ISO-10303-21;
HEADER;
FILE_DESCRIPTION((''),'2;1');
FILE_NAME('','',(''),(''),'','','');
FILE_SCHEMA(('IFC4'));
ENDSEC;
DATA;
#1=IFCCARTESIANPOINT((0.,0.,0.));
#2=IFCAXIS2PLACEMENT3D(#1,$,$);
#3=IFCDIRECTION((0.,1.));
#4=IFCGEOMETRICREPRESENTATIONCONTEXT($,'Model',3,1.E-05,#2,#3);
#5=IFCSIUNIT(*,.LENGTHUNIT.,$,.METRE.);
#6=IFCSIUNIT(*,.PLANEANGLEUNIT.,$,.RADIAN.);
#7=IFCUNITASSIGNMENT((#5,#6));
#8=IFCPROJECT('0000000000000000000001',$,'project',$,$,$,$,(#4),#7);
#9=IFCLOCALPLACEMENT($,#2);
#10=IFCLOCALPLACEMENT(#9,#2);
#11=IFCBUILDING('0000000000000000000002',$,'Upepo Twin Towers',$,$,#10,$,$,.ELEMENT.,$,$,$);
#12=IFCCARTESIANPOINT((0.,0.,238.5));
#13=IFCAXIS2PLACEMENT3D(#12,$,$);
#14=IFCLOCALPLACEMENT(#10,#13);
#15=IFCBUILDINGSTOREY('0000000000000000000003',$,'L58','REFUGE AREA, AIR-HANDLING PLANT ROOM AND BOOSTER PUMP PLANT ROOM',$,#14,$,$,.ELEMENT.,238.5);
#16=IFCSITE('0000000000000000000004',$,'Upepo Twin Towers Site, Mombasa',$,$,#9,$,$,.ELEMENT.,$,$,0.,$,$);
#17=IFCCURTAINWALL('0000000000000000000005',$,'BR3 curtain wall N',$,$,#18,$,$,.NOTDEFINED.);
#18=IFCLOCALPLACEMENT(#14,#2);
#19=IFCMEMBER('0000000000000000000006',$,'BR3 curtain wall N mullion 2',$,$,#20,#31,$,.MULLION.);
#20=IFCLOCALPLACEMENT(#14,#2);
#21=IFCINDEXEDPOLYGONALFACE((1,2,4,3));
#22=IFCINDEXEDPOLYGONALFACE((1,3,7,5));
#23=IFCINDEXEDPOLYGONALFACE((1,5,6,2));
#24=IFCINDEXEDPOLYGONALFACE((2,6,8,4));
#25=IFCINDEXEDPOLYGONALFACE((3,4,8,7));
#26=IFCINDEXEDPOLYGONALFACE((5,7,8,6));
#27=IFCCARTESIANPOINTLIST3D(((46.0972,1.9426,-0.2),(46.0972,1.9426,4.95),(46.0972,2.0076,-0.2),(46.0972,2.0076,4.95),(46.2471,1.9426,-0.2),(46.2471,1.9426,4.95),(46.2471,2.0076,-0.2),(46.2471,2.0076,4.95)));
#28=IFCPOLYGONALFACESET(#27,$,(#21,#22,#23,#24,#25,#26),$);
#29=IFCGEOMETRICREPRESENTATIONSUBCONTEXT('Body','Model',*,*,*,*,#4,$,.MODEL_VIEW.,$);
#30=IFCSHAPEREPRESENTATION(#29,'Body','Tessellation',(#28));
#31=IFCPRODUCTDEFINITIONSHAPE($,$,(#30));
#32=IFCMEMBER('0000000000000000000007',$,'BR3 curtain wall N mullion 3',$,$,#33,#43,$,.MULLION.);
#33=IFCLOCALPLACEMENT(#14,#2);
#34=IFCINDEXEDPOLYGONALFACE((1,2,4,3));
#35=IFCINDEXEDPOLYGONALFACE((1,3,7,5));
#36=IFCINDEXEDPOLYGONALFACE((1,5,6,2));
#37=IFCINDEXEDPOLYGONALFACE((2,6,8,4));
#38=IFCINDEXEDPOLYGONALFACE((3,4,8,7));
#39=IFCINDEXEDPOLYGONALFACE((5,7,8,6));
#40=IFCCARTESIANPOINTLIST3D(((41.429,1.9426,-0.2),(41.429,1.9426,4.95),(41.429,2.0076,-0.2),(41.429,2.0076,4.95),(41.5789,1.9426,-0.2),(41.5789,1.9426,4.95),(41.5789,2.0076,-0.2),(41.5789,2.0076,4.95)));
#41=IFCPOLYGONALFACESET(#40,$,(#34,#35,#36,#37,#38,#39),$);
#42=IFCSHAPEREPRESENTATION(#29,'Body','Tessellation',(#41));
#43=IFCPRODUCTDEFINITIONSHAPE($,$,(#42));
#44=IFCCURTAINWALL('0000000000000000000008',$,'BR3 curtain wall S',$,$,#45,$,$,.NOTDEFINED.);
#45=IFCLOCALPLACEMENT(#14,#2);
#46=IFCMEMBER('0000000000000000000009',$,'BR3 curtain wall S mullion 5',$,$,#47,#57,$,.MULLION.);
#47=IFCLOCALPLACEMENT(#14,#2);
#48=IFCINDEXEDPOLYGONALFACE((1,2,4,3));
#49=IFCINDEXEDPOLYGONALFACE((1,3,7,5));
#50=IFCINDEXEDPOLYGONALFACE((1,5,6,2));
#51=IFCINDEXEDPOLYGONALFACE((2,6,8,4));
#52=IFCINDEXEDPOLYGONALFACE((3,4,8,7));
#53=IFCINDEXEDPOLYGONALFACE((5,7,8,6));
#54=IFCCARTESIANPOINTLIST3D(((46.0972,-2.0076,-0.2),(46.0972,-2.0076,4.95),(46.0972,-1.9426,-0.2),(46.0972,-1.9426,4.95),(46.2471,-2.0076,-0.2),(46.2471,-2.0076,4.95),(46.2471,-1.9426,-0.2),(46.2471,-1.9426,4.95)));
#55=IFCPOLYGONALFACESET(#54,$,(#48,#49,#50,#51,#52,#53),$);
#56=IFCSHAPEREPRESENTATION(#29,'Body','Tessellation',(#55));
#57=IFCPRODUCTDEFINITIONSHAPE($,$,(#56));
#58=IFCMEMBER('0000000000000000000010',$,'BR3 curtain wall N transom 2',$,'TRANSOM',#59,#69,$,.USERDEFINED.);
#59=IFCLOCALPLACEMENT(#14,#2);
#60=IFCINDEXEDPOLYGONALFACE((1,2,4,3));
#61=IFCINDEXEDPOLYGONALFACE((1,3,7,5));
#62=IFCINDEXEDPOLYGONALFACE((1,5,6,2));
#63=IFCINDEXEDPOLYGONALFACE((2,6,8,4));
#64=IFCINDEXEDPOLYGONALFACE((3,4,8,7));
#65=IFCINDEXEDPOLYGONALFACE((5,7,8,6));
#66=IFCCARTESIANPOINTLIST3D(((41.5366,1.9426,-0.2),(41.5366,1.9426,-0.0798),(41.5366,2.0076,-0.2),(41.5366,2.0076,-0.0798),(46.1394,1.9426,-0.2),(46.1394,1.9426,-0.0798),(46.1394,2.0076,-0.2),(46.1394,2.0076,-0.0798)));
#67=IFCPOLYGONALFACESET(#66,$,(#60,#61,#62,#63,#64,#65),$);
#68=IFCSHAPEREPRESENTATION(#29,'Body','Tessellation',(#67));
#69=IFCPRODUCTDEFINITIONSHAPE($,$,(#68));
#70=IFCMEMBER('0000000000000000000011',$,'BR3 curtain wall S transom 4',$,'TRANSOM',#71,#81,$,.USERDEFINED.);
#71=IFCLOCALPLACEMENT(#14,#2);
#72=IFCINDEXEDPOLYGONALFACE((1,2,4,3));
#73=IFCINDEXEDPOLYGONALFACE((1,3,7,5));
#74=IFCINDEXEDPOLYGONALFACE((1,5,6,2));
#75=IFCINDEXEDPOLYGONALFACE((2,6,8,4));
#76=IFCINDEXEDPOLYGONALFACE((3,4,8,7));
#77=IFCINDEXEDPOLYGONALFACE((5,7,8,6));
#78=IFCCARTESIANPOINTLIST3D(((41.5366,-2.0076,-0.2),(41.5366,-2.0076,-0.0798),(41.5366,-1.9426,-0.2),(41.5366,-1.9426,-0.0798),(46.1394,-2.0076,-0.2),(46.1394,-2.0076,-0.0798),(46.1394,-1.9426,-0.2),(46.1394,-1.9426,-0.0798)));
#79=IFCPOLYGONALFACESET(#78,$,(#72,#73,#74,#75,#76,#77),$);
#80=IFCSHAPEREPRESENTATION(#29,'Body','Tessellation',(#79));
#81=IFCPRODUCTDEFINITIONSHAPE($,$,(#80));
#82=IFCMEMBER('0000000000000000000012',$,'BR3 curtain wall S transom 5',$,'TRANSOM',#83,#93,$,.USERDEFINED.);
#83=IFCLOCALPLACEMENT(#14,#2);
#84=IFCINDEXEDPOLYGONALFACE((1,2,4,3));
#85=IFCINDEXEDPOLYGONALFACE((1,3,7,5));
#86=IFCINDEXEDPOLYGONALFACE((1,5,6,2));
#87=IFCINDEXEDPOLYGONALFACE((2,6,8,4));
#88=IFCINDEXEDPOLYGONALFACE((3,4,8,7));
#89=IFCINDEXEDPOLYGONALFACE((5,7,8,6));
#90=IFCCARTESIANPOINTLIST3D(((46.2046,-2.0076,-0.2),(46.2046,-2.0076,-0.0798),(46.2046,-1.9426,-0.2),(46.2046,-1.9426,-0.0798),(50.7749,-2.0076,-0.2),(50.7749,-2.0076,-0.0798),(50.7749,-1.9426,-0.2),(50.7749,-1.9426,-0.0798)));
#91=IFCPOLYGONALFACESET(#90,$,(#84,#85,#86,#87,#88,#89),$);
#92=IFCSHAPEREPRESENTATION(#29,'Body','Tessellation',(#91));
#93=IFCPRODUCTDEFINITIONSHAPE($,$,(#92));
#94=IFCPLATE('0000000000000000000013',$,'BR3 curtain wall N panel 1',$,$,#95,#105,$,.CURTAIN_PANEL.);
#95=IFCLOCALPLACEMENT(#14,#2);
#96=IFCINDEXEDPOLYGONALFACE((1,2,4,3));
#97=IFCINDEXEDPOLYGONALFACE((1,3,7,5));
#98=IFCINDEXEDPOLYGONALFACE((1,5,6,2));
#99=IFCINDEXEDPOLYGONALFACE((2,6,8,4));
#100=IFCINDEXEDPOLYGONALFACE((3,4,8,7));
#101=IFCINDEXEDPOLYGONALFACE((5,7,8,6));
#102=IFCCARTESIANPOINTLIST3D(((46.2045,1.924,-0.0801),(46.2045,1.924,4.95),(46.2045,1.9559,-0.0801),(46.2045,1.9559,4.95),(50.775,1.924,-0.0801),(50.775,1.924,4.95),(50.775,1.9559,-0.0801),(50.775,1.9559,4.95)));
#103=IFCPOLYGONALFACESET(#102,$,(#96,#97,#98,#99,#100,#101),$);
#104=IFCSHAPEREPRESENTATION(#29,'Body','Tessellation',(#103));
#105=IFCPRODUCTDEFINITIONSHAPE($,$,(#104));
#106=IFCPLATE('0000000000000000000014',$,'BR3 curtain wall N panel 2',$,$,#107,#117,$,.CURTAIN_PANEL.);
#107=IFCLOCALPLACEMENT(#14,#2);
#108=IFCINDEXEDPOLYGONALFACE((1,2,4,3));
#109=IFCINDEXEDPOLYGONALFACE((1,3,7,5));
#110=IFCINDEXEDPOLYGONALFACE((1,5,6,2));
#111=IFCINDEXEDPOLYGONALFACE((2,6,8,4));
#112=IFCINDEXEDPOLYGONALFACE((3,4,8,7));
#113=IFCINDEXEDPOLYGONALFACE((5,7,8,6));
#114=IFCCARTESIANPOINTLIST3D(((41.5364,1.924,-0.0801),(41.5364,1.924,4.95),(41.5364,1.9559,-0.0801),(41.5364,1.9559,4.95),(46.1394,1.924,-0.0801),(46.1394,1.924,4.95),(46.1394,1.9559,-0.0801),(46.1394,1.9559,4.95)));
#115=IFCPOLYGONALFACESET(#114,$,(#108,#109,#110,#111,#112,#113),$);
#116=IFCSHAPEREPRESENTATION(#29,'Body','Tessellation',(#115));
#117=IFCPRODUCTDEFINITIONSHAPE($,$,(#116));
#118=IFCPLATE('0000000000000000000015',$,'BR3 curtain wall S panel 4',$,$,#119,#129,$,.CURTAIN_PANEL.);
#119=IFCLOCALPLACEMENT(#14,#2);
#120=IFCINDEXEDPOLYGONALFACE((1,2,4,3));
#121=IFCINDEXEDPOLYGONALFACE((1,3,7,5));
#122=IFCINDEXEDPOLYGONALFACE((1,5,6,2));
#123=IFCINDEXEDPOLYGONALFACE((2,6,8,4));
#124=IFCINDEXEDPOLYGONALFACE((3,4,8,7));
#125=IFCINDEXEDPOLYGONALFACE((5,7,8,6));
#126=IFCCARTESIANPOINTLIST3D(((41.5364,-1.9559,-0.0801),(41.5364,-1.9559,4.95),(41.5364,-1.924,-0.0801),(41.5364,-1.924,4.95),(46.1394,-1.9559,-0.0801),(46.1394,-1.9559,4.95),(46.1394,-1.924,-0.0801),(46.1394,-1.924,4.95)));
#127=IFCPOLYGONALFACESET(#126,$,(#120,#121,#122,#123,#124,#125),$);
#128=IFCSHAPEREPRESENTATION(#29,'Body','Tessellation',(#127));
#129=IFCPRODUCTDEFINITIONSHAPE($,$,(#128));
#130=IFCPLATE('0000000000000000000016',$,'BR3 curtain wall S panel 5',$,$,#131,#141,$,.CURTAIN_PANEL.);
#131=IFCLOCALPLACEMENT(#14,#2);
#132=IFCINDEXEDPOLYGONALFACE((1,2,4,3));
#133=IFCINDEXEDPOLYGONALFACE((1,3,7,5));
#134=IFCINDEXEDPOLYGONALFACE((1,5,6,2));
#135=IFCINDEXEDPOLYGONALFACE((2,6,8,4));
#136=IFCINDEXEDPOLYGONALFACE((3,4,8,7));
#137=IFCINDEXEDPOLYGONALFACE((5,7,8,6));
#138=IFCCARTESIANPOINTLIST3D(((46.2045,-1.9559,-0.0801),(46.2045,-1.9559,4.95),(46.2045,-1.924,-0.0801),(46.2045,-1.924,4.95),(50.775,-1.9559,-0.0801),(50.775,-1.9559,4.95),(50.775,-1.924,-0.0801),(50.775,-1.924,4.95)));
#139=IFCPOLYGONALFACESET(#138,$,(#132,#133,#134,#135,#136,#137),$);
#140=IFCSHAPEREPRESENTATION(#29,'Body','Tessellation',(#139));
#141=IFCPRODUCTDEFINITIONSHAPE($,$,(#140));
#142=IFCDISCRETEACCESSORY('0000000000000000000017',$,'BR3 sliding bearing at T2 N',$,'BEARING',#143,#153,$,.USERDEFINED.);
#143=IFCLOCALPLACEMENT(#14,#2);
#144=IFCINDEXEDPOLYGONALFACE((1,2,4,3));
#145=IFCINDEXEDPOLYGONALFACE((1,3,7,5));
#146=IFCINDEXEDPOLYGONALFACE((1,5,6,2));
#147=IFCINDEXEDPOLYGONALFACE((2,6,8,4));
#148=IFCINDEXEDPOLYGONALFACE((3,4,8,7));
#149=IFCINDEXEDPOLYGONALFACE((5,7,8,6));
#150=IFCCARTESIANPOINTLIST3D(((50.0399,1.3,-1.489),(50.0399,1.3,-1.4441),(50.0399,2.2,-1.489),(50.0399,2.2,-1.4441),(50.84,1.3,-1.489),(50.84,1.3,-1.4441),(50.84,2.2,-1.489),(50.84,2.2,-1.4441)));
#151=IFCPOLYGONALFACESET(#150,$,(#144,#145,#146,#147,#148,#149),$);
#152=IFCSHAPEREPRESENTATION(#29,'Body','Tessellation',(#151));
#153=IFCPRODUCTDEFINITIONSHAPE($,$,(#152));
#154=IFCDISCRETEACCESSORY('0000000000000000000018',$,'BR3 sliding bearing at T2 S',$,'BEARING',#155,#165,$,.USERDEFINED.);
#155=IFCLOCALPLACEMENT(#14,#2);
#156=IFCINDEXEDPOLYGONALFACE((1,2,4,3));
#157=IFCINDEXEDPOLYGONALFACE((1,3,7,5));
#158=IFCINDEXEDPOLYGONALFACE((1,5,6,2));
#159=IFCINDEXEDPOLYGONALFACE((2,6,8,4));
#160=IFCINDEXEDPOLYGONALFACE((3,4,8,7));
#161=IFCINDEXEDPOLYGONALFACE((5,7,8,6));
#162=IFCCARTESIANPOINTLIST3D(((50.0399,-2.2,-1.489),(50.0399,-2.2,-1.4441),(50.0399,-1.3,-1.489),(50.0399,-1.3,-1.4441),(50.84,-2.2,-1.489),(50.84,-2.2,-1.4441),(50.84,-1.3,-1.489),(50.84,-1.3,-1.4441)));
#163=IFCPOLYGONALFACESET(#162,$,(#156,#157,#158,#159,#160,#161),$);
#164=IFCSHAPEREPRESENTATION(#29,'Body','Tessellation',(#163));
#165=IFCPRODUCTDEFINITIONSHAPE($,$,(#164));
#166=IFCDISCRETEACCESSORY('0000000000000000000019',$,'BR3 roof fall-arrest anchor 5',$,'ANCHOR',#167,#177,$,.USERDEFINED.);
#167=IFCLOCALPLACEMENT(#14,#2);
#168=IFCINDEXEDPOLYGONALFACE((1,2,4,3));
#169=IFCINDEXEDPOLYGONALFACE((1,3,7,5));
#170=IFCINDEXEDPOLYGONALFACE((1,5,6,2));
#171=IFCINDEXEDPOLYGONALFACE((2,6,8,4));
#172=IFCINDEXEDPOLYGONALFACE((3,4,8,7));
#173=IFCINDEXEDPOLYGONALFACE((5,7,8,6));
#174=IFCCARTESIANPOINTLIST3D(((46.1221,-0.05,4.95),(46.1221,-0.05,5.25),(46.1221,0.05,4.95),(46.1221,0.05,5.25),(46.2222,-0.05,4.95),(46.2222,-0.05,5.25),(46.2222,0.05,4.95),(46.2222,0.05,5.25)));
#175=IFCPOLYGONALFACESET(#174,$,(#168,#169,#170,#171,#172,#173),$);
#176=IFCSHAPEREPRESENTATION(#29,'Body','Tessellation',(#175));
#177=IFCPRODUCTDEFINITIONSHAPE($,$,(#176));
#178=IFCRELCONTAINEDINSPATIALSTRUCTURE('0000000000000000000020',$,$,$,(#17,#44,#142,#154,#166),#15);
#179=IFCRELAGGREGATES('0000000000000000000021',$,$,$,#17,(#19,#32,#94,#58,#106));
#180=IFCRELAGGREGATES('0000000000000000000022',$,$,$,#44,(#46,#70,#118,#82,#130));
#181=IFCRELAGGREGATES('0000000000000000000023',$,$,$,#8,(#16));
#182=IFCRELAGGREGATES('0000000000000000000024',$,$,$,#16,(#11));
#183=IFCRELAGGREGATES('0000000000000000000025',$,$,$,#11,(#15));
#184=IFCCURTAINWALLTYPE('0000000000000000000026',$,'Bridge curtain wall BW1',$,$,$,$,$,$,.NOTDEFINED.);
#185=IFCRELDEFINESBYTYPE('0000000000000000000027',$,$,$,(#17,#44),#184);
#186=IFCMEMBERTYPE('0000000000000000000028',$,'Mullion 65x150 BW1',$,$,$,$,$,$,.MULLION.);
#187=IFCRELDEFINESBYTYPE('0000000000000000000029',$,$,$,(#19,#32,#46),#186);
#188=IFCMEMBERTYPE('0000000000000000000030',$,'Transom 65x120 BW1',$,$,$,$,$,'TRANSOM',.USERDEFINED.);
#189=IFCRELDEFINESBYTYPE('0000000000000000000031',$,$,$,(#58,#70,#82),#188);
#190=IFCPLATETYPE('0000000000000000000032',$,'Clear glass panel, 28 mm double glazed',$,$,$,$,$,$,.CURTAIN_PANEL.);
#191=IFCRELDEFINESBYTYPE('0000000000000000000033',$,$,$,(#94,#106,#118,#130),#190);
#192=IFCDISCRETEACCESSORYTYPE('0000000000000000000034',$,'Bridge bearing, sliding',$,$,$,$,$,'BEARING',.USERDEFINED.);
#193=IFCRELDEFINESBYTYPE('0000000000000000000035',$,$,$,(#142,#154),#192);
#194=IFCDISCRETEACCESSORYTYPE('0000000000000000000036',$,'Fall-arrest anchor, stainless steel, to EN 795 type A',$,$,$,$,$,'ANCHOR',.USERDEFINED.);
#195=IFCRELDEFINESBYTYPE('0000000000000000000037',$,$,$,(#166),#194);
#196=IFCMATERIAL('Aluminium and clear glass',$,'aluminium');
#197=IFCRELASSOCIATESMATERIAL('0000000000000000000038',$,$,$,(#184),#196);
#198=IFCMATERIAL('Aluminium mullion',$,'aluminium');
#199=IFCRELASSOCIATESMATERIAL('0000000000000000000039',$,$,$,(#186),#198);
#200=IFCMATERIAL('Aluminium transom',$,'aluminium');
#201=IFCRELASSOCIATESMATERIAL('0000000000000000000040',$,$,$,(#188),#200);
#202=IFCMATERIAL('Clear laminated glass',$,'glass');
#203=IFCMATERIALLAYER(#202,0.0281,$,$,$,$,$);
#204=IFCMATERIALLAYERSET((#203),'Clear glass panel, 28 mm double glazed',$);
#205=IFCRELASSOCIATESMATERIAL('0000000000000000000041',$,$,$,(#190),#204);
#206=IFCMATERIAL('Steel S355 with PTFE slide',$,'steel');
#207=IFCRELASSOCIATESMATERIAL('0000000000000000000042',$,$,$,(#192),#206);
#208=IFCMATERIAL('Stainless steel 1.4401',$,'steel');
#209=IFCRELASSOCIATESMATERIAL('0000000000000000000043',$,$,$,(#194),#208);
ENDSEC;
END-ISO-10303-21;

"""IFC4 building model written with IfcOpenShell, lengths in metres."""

from ifc_helpers import new_model, si_unit, direction, frame, origin, origin_2d, place, context, subcontext, project, spatial, rectangle, extrude, material, layer, layer_set, material_profile, profile_set, type_object, element, aggregate, save


model = new_model("IFC4")

# Units and contexts
model_context = context("Model", 3, precision=1e-05, world=origin(), true_north=direction((0.0, 1.0)))
body_context = subcontext(model_context, "Body", "Model", "MODEL_VIEW")
ifc_project = project(units=[si_unit("LENGTHUNIT", "METRE"), si_unit("PLANEANGLEUNIT", "RADIAN")], contexts=[model_context])

# Site, building, storey
site_placement = place(None, origin())
site = spatial("IfcSite", under=ifc_project, at=site_placement, Name="Upepo Twin Towers Site, Mombasa", CompositionType="ELEMENT", RefElevation=0.0)
building_placement = place(site_placement, origin())
building = spatial("IfcBuilding", under=site, at=building_placement, Name="Upepo Twin Towers", CompositionType="ELEMENT")
storey_placement = place(building_placement, frame((0.0, 0.0, 238.5)))
storey = spatial("IfcBuildingStorey", under=building, at=storey_placement, Name="L58", Description="REFUGE AREA, AIR-HANDLING PLANT ROOM AND BOOSTER PUMP PLANT ROOM", CompositionType="ELEMENT", Elevation=238.5)

# Curtain wall, members
ifc_material_1 = material(Name="Aluminium and clear glass", Category="aluminium")
curtain_wall_type = type_object("IfcCurtainWallType", Name="Bridge curtain wall BW1", PredefinedType="NOTDEFINED", material=ifc_material_1)
curtain_wall_1_placement = place(storey_placement, origin())
curtain_wall_1 = element("IfcCurtainWall", 1, at=curtain_wall_1_placement, inside=storey, type_object=curtain_wall_type, Name="BR3 curtain wall N", PredefinedType="NOTDEFINED")
ifc_material_2 = material(Name="Aluminium mullion", Category="aluminium")
ifc_material_profile_1 = material_profile(ifc_material_2, rectangle(XDim=0.0649, YDim=0.1499, at=origin_2d()), Name="MULLION 65x150 BRIDGE")
ifc_profile_set_1 = profile_set([ifc_material_profile_1], Name="Aluminium mullion")
member_type_1 = type_object("IfcMemberType", Name="Mullion 65x150 BW1", PredefinedType="MULLION", material=ifc_profile_set_1)
member_1_placement = place(storey_placement, frame((46.1721, 1.9751, -0.2), z_axis=(0.0, 0.0, 1.0), x_axis=(0.0, -1.0, 0.0)))
member_1 = element("IfcMember", 2, at=member_1_placement, type_object=member_type_1, Name="BR3 curtain wall N mullion 2", PredefinedType="MULLION", context=body_context, shape_type="SweptSolid", body=[
    extrude(rectangle(XDim=0.0649, YDim=0.1499, at=origin_2d()), origin(), (0.0, 0.0, 1.0), 5.1499),
])
member_2_placement = place(storey_placement, frame((41.5039, 1.9751, -0.2), z_axis=(0.0, 0.0, 1.0), x_axis=(0.0, -1.0, 0.0)))
member_2 = element("IfcMember", 3, at=member_2_placement, type_object=member_type_1, Name="BR3 curtain wall N mullion 3", PredefinedType="MULLION", context=body_context, shape_type="SweptSolid", body=[
    extrude(rectangle(XDim=0.0649, YDim=0.1499, at=origin_2d()), origin(), (0.0, 0.0, 1.0), 5.1499),
])

# Curtain wall, member
curtain_wall_2_placement = place(storey_placement, origin())
curtain_wall_2 = element("IfcCurtainWall", 4, at=curtain_wall_2_placement, inside=storey, type_object=curtain_wall_type, Name="BR3 curtain wall S", PredefinedType="NOTDEFINED")
member_3_placement = place(storey_placement, frame((46.1721, -1.9751, -0.2), z_axis=(0.0, 0.0, 1.0), x_axis=(0.0, 1.0, 0.0)))
member_3 = element("IfcMember", 5, at=member_3_placement, type_object=member_type_1, Name="BR3 curtain wall S mullion 5", PredefinedType="MULLION", context=body_context, shape_type="SweptSolid", body=[
    extrude(rectangle(XDim=0.0649, YDim=0.1499, at=origin_2d()), origin(), (0.0, 0.0, 1.0), 5.1499),
])

# Members
ifc_material_3 = material(Name="Aluminium transom", Category="aluminium")
ifc_material_profile_2 = material_profile(ifc_material_3, rectangle(XDim=0.0649, YDim=0.1201, at=origin_2d()), Name="TRANSOM 65x120 BRIDGE")
ifc_profile_set_2 = profile_set([ifc_material_profile_2], Name="Aluminium transom")
member_type_2 = type_object("IfcMemberType", Name="Transom 65x120 BW1", ElementType="TRANSOM", PredefinedType="USERDEFINED", material=ifc_profile_set_2)
member_4_placement = place(storey_placement, frame((46.1394, 1.9751, -0.1399), z_axis=(-1.0, 0.0, 0.0), x_axis=(0.0, -1.0, 0.0)))
member_4 = element("IfcMember", 6, at=member_4_placement, type_object=member_type_2, Name="BR3 curtain wall N transom 2", ObjectType="TRANSOM", PredefinedType="USERDEFINED", context=body_context, shape_type="SweptSolid", body=[
    extrude(rectangle(XDim=0.0649, YDim=0.1201, at=origin_2d()), origin(), (0.0, 0.0, 1.0), 4.6028),
])
member_5_placement = place(storey_placement, frame((41.5366, -1.9751, -0.1399), z_axis=(1.0, 0.0, 0.0), x_axis=(0.0, 1.0, 0.0)))
member_5 = element("IfcMember", 7, at=member_5_placement, type_object=member_type_2, Name="BR3 curtain wall S transom 4", ObjectType="TRANSOM", PredefinedType="USERDEFINED", context=body_context, shape_type="SweptSolid", body=[
    extrude(rectangle(XDim=0.0649, YDim=0.1201, at=origin_2d()), origin(), (0.0, 0.0, 1.0), 4.6028),
])
member_6_placement = place(storey_placement, frame((46.2046, -1.9751, -0.1399), z_axis=(1.0, 0.0, 0.0), x_axis=(0.0, 1.0, 0.0)))
member_6 = element("IfcMember", 8, at=member_6_placement, type_object=member_type_2, Name="BR3 curtain wall S transom 5", ObjectType="TRANSOM", PredefinedType="USERDEFINED", context=body_context, shape_type="SweptSolid", body=[
    extrude(rectangle(XDim=0.0649, YDim=0.1201, at=origin_2d()), origin(), (0.0, 0.0, 1.0), 4.5703),
])

# Plates
ifc_material_4 = material(Name="Clear laminated glass", Category="glass")
ifc_layer = layer(ifc_material_4, 0.0281)
ifc_layer_set = layer_set([ifc_layer], Name="Clear glass panel, 28 mm double glazed")
plate_type = type_object("IfcPlateType", Name="Clear glass panel, 28 mm double glazed", PredefinedType="CURTAIN_PANEL", material=ifc_layer_set)
plate_1_placement = place(storey_placement, frame((48.4897, 1.9399, -0.0801), z_axis=(0.0, 0.0, 1.0), x_axis=(-1.0, 0.0, 0.0)))
plate_1 = element("IfcPlate", 9, at=plate_1_placement, type_object=plate_type, Name="BR3 curtain wall N panel 1", PredefinedType="CURTAIN_PANEL", context=body_context, shape_type="SweptSolid", body=[
    extrude(rectangle(XDim=4.5706, YDim=0.032, at=origin_2d()), origin(), (0.0, 0.0, 1.0), 5.03),
])
plate_2_placement = place(storey_placement, frame((43.8379, 1.9399, -0.0801), z_axis=(0.0, 0.0, 1.0), x_axis=(-1.0, 0.0, 0.0)))
plate_2 = element("IfcPlate", 10, at=plate_2_placement, type_object=plate_type, Name="BR3 curtain wall N panel 2", PredefinedType="CURTAIN_PANEL", context=body_context, shape_type="SweptSolid", body=[
    extrude(rectangle(XDim=4.603, YDim=0.032, at=origin_2d()), origin(), (0.0, 0.0, 1.0), 5.03),
])
aggregate(curtain_wall_1, [member_1, member_2, plate_1, member_4, plate_2])
plate_3_placement = place(storey_placement, frame((43.8379, -1.9399, -0.0801), z_axis=(0.0, 0.0, 1.0), x_axis=(1.0, 0.0, 0.0)))
plate_3 = element("IfcPlate", 11, at=plate_3_placement, type_object=plate_type, Name="BR3 curtain wall S panel 4", PredefinedType="CURTAIN_PANEL", context=body_context, shape_type="SweptSolid", body=[
    extrude(rectangle(XDim=4.603, YDim=0.032, at=origin_2d()), origin(), (0.0, 0.0, 1.0), 5.03),
])
plate_4_placement = place(storey_placement, frame((48.4897, -1.9399, -0.0801), z_axis=(0.0, 0.0, 1.0), x_axis=(1.0, 0.0, 0.0)))
plate_4 = element("IfcPlate", 12, at=plate_4_placement, type_object=plate_type, Name="BR3 curtain wall S panel 5", PredefinedType="CURTAIN_PANEL", context=body_context, shape_type="SweptSolid", body=[
    extrude(rectangle(XDim=4.5706, YDim=0.032, at=origin_2d()), origin(), (0.0, 0.0, 1.0), 5.03),
])
aggregate(curtain_wall_2, [member_3, member_5, plate_3, member_6, plate_4])

# Discrete accessories
ifc_material_5 = material(Name="Steel S355 with PTFE slide", Category="steel")
ifc_material_profile_3 = material_profile(ifc_material_5, rectangle(XDim=0.8, YDim=0.8999, at=origin_2d()), Name="BEARING 800x900 SLIDING")
ifc_profile_set_3 = profile_set([ifc_material_profile_3], Name="Steel S355 with PTFE slide")
discrete_accessory_type_1 = type_object("IfcDiscreteAccessoryType", Name="Bridge bearing, sliding", ElementType="BEARING", PredefinedType="USERDEFINED", material=ifc_profile_set_3)
for number, where, z_axis, x_axis, name in (
    (13, (50.4399, 1.75, -1.489), (0.0, 0.0, 1.0), (1.0, 0.0, 0.0), "BR3 sliding bearing at T2 N"),
    (14, (50.4399, -1.75, -1.489), (0.0, 0.0, 1.0), (1.0, 0.0, 0.0), "BR3 sliding bearing at T2 S"),
):
    element("IfcDiscreteAccessory", number, at=place(storey_placement, frame(where, z_axis=z_axis, x_axis=x_axis)), inside=storey, type_object=discrete_accessory_type_1, Name=name, ObjectType="BEARING", PredefinedType="USERDEFINED", context=body_context, shape_type="SweptSolid", body=[
        extrude(rectangle(XDim=0.8, YDim=0.8999, at=origin_2d()), origin(), (0.0, 0.0, 1.0), 0.0449),
    ])
ifc_material_6 = material(Name="Stainless steel 1.4401", Category="steel")
ifc_material_profile_4 = material_profile(ifc_material_6, rectangle(XDim=0.1001, YDim=0.1001, at=origin_2d()), Name="ANCHOR POST 100x100")
ifc_profile_set_4 = profile_set([ifc_material_profile_4], Name="Stainless steel 1.4401")
discrete_accessory_type_2 = type_object("IfcDiscreteAccessoryType", Name="Fall-arrest anchor, stainless steel, to EN 795 type A", ElementType="ANCHOR", PredefinedType="USERDEFINED", material=ifc_profile_set_4)
discrete_accessory_placement = place(storey_placement, frame((46.1721, 0.0, 4.95), z_axis=(0.0, 0.0, 1.0), x_axis=(1.0, 0.0, 0.0)))
element("IfcDiscreteAccessory", 15, at=discrete_accessory_placement, inside=storey, type_object=discrete_accessory_type_2, Name="BR3 roof fall-arrest anchor 5", ObjectType="ANCHOR", PredefinedType="USERDEFINED", context=body_context, shape_type="SweptSolid", body=[
    extrude(rectangle(XDim=0.1001, YDim=0.1001, at=origin_2d()), origin(), (0.0, 0.0, 1.0), 0.3),
])

save(model, "model.ifc")
